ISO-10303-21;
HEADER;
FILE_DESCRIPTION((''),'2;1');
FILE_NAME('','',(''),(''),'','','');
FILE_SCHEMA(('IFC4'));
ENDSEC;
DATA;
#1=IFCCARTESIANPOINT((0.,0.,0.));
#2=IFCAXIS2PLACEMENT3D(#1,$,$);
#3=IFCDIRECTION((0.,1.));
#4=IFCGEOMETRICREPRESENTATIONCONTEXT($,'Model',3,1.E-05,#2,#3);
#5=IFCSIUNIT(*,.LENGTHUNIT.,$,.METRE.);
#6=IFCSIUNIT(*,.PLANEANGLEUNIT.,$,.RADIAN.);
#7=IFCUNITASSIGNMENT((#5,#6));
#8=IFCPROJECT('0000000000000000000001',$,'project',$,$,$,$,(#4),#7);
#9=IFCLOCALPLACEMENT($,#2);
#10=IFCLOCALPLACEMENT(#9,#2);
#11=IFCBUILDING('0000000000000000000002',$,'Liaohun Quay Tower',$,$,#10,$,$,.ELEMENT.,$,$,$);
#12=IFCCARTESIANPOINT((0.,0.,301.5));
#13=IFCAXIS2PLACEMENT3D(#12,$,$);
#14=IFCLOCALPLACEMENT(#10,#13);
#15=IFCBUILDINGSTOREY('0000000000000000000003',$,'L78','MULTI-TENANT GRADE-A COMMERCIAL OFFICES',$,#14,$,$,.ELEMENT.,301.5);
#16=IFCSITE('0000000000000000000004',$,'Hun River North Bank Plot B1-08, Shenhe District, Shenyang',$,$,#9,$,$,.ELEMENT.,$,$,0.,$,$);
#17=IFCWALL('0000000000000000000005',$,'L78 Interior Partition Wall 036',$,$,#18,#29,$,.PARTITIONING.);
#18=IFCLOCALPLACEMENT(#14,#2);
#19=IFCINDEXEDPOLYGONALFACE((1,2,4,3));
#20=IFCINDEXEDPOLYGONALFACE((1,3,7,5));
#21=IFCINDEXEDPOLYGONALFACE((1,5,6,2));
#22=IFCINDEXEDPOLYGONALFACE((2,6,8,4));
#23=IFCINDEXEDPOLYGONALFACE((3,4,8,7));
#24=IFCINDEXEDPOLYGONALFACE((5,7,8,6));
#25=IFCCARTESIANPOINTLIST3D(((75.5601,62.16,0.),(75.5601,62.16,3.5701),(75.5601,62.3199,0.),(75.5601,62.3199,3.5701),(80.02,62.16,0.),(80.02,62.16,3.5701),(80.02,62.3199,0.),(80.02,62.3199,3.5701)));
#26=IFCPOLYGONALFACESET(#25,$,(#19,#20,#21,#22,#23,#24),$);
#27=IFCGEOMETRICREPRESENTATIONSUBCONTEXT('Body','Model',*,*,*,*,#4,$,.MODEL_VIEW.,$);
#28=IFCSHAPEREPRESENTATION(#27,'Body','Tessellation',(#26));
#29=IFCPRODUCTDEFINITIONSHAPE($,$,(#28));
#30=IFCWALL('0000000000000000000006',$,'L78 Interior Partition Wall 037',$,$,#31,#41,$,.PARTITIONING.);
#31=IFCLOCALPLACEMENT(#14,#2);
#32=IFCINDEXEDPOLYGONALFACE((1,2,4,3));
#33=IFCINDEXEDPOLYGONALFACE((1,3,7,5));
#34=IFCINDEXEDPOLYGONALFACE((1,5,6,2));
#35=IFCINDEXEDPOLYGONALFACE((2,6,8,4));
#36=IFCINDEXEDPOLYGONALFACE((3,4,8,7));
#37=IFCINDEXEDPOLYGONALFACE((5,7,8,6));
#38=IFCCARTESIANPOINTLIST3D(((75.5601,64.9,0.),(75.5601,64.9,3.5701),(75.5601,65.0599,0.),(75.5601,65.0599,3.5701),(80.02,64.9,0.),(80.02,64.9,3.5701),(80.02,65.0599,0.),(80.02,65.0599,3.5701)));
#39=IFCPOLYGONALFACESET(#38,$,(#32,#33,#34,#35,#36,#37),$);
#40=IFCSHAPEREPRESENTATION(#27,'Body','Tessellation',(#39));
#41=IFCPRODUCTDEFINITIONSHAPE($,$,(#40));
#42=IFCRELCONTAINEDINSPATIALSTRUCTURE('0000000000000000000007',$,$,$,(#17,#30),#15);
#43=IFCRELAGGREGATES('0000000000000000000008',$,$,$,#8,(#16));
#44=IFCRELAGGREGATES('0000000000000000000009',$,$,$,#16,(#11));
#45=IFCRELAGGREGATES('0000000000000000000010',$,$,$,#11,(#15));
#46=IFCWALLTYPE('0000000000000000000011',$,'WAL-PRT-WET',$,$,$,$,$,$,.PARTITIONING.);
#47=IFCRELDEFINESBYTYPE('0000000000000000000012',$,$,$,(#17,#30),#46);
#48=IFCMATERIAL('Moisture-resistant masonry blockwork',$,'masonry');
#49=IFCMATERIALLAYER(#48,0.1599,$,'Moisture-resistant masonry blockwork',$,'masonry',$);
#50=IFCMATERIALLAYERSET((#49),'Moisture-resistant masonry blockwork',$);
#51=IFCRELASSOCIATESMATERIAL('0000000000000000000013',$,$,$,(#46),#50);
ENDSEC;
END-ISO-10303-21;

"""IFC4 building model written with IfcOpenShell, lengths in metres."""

from ifc_helpers import new_model, si_unit, direction, frame, frame_2d, origin, place, context, subcontext, project, spatial, rectangle, extrude, material, layer, layer_set, type_object, element, save


model = new_model("IFC4")

# Units and contexts
model_context = context("Model", 3, precision=1e-05, world=origin(), true_north=direction((0.0, 1.0)))
body_context = subcontext(model_context, "Body", "Model", "MODEL_VIEW")
ifc_project = project(units=[si_unit("LENGTHUNIT", "METRE"), si_unit("PLANEANGLEUNIT", "RADIAN")], contexts=[model_context])

# Site, building, storey
site_placement = place(None, origin())
site = spatial("IfcSite", under=ifc_project, at=site_placement, Name="Hun River North Bank Plot B1-08, Shenhe District, Shenyang", CompositionType="ELEMENT", RefElevation=0.0)
building_placement = place(site_placement, origin())
building = spatial("IfcBuilding", under=site, at=building_placement, Name="Liaohun Quay Tower", CompositionType="ELEMENT")
storey_placement = place(building_placement, frame((0.0, 0.0, 301.5)))
storey = spatial("IfcBuildingStorey", under=building, at=storey_placement, Name="L78", Description="MULTI-TENANT GRADE-A COMMERCIAL OFFICES", CompositionType="ELEMENT", Elevation=301.5)

# Shared definitions
ifc_material_1 = material(Name="Moisture-resistant masonry blockwork", Category="masonry")
ifc_layer_1 = layer(ifc_material_1, 0.1599, Name="Moisture-resistant masonry blockwork", Category="masonry")
ifc_layer_set_1 = layer_set([ifc_layer_1], Name="Moisture-resistant masonry blockwork")
wall_type_1 = type_object("IfcWallType", Name="WAL-PRT-WET", PredefinedType="PARTITIONING", material=ifc_layer_set_1)

# Walls
for number, where, z_axis, x_axis, name in (
    (1, (75.5601, 62.24, 0.0), (0.0, 0.0, 1.0), (1.0, 0.0, 0.0), "L78 Interior Partition Wall 036"),
    (2, (75.5601, 64.98, 0.0), (0.0, 0.0, 1.0), (1.0, 0.0, 0.0), "L78 Interior Partition Wall 037"),
):
    element("IfcWall", number, at=place(storey_placement, frame(where, z_axis=z_axis, x_axis=x_axis)), inside=storey, type_object=wall_type_1, Name=name, PredefinedType="PARTITIONING", context=body_context, shape_type="SweptSolid", body=[
        extrude(rectangle(XDim=4.46, YDim=0.1599, at=frame_2d((2.23, 0.0))), origin(), (0.0, 0.0, 1.0), 3.5701),
    ])

save(model, "model.ifc")
